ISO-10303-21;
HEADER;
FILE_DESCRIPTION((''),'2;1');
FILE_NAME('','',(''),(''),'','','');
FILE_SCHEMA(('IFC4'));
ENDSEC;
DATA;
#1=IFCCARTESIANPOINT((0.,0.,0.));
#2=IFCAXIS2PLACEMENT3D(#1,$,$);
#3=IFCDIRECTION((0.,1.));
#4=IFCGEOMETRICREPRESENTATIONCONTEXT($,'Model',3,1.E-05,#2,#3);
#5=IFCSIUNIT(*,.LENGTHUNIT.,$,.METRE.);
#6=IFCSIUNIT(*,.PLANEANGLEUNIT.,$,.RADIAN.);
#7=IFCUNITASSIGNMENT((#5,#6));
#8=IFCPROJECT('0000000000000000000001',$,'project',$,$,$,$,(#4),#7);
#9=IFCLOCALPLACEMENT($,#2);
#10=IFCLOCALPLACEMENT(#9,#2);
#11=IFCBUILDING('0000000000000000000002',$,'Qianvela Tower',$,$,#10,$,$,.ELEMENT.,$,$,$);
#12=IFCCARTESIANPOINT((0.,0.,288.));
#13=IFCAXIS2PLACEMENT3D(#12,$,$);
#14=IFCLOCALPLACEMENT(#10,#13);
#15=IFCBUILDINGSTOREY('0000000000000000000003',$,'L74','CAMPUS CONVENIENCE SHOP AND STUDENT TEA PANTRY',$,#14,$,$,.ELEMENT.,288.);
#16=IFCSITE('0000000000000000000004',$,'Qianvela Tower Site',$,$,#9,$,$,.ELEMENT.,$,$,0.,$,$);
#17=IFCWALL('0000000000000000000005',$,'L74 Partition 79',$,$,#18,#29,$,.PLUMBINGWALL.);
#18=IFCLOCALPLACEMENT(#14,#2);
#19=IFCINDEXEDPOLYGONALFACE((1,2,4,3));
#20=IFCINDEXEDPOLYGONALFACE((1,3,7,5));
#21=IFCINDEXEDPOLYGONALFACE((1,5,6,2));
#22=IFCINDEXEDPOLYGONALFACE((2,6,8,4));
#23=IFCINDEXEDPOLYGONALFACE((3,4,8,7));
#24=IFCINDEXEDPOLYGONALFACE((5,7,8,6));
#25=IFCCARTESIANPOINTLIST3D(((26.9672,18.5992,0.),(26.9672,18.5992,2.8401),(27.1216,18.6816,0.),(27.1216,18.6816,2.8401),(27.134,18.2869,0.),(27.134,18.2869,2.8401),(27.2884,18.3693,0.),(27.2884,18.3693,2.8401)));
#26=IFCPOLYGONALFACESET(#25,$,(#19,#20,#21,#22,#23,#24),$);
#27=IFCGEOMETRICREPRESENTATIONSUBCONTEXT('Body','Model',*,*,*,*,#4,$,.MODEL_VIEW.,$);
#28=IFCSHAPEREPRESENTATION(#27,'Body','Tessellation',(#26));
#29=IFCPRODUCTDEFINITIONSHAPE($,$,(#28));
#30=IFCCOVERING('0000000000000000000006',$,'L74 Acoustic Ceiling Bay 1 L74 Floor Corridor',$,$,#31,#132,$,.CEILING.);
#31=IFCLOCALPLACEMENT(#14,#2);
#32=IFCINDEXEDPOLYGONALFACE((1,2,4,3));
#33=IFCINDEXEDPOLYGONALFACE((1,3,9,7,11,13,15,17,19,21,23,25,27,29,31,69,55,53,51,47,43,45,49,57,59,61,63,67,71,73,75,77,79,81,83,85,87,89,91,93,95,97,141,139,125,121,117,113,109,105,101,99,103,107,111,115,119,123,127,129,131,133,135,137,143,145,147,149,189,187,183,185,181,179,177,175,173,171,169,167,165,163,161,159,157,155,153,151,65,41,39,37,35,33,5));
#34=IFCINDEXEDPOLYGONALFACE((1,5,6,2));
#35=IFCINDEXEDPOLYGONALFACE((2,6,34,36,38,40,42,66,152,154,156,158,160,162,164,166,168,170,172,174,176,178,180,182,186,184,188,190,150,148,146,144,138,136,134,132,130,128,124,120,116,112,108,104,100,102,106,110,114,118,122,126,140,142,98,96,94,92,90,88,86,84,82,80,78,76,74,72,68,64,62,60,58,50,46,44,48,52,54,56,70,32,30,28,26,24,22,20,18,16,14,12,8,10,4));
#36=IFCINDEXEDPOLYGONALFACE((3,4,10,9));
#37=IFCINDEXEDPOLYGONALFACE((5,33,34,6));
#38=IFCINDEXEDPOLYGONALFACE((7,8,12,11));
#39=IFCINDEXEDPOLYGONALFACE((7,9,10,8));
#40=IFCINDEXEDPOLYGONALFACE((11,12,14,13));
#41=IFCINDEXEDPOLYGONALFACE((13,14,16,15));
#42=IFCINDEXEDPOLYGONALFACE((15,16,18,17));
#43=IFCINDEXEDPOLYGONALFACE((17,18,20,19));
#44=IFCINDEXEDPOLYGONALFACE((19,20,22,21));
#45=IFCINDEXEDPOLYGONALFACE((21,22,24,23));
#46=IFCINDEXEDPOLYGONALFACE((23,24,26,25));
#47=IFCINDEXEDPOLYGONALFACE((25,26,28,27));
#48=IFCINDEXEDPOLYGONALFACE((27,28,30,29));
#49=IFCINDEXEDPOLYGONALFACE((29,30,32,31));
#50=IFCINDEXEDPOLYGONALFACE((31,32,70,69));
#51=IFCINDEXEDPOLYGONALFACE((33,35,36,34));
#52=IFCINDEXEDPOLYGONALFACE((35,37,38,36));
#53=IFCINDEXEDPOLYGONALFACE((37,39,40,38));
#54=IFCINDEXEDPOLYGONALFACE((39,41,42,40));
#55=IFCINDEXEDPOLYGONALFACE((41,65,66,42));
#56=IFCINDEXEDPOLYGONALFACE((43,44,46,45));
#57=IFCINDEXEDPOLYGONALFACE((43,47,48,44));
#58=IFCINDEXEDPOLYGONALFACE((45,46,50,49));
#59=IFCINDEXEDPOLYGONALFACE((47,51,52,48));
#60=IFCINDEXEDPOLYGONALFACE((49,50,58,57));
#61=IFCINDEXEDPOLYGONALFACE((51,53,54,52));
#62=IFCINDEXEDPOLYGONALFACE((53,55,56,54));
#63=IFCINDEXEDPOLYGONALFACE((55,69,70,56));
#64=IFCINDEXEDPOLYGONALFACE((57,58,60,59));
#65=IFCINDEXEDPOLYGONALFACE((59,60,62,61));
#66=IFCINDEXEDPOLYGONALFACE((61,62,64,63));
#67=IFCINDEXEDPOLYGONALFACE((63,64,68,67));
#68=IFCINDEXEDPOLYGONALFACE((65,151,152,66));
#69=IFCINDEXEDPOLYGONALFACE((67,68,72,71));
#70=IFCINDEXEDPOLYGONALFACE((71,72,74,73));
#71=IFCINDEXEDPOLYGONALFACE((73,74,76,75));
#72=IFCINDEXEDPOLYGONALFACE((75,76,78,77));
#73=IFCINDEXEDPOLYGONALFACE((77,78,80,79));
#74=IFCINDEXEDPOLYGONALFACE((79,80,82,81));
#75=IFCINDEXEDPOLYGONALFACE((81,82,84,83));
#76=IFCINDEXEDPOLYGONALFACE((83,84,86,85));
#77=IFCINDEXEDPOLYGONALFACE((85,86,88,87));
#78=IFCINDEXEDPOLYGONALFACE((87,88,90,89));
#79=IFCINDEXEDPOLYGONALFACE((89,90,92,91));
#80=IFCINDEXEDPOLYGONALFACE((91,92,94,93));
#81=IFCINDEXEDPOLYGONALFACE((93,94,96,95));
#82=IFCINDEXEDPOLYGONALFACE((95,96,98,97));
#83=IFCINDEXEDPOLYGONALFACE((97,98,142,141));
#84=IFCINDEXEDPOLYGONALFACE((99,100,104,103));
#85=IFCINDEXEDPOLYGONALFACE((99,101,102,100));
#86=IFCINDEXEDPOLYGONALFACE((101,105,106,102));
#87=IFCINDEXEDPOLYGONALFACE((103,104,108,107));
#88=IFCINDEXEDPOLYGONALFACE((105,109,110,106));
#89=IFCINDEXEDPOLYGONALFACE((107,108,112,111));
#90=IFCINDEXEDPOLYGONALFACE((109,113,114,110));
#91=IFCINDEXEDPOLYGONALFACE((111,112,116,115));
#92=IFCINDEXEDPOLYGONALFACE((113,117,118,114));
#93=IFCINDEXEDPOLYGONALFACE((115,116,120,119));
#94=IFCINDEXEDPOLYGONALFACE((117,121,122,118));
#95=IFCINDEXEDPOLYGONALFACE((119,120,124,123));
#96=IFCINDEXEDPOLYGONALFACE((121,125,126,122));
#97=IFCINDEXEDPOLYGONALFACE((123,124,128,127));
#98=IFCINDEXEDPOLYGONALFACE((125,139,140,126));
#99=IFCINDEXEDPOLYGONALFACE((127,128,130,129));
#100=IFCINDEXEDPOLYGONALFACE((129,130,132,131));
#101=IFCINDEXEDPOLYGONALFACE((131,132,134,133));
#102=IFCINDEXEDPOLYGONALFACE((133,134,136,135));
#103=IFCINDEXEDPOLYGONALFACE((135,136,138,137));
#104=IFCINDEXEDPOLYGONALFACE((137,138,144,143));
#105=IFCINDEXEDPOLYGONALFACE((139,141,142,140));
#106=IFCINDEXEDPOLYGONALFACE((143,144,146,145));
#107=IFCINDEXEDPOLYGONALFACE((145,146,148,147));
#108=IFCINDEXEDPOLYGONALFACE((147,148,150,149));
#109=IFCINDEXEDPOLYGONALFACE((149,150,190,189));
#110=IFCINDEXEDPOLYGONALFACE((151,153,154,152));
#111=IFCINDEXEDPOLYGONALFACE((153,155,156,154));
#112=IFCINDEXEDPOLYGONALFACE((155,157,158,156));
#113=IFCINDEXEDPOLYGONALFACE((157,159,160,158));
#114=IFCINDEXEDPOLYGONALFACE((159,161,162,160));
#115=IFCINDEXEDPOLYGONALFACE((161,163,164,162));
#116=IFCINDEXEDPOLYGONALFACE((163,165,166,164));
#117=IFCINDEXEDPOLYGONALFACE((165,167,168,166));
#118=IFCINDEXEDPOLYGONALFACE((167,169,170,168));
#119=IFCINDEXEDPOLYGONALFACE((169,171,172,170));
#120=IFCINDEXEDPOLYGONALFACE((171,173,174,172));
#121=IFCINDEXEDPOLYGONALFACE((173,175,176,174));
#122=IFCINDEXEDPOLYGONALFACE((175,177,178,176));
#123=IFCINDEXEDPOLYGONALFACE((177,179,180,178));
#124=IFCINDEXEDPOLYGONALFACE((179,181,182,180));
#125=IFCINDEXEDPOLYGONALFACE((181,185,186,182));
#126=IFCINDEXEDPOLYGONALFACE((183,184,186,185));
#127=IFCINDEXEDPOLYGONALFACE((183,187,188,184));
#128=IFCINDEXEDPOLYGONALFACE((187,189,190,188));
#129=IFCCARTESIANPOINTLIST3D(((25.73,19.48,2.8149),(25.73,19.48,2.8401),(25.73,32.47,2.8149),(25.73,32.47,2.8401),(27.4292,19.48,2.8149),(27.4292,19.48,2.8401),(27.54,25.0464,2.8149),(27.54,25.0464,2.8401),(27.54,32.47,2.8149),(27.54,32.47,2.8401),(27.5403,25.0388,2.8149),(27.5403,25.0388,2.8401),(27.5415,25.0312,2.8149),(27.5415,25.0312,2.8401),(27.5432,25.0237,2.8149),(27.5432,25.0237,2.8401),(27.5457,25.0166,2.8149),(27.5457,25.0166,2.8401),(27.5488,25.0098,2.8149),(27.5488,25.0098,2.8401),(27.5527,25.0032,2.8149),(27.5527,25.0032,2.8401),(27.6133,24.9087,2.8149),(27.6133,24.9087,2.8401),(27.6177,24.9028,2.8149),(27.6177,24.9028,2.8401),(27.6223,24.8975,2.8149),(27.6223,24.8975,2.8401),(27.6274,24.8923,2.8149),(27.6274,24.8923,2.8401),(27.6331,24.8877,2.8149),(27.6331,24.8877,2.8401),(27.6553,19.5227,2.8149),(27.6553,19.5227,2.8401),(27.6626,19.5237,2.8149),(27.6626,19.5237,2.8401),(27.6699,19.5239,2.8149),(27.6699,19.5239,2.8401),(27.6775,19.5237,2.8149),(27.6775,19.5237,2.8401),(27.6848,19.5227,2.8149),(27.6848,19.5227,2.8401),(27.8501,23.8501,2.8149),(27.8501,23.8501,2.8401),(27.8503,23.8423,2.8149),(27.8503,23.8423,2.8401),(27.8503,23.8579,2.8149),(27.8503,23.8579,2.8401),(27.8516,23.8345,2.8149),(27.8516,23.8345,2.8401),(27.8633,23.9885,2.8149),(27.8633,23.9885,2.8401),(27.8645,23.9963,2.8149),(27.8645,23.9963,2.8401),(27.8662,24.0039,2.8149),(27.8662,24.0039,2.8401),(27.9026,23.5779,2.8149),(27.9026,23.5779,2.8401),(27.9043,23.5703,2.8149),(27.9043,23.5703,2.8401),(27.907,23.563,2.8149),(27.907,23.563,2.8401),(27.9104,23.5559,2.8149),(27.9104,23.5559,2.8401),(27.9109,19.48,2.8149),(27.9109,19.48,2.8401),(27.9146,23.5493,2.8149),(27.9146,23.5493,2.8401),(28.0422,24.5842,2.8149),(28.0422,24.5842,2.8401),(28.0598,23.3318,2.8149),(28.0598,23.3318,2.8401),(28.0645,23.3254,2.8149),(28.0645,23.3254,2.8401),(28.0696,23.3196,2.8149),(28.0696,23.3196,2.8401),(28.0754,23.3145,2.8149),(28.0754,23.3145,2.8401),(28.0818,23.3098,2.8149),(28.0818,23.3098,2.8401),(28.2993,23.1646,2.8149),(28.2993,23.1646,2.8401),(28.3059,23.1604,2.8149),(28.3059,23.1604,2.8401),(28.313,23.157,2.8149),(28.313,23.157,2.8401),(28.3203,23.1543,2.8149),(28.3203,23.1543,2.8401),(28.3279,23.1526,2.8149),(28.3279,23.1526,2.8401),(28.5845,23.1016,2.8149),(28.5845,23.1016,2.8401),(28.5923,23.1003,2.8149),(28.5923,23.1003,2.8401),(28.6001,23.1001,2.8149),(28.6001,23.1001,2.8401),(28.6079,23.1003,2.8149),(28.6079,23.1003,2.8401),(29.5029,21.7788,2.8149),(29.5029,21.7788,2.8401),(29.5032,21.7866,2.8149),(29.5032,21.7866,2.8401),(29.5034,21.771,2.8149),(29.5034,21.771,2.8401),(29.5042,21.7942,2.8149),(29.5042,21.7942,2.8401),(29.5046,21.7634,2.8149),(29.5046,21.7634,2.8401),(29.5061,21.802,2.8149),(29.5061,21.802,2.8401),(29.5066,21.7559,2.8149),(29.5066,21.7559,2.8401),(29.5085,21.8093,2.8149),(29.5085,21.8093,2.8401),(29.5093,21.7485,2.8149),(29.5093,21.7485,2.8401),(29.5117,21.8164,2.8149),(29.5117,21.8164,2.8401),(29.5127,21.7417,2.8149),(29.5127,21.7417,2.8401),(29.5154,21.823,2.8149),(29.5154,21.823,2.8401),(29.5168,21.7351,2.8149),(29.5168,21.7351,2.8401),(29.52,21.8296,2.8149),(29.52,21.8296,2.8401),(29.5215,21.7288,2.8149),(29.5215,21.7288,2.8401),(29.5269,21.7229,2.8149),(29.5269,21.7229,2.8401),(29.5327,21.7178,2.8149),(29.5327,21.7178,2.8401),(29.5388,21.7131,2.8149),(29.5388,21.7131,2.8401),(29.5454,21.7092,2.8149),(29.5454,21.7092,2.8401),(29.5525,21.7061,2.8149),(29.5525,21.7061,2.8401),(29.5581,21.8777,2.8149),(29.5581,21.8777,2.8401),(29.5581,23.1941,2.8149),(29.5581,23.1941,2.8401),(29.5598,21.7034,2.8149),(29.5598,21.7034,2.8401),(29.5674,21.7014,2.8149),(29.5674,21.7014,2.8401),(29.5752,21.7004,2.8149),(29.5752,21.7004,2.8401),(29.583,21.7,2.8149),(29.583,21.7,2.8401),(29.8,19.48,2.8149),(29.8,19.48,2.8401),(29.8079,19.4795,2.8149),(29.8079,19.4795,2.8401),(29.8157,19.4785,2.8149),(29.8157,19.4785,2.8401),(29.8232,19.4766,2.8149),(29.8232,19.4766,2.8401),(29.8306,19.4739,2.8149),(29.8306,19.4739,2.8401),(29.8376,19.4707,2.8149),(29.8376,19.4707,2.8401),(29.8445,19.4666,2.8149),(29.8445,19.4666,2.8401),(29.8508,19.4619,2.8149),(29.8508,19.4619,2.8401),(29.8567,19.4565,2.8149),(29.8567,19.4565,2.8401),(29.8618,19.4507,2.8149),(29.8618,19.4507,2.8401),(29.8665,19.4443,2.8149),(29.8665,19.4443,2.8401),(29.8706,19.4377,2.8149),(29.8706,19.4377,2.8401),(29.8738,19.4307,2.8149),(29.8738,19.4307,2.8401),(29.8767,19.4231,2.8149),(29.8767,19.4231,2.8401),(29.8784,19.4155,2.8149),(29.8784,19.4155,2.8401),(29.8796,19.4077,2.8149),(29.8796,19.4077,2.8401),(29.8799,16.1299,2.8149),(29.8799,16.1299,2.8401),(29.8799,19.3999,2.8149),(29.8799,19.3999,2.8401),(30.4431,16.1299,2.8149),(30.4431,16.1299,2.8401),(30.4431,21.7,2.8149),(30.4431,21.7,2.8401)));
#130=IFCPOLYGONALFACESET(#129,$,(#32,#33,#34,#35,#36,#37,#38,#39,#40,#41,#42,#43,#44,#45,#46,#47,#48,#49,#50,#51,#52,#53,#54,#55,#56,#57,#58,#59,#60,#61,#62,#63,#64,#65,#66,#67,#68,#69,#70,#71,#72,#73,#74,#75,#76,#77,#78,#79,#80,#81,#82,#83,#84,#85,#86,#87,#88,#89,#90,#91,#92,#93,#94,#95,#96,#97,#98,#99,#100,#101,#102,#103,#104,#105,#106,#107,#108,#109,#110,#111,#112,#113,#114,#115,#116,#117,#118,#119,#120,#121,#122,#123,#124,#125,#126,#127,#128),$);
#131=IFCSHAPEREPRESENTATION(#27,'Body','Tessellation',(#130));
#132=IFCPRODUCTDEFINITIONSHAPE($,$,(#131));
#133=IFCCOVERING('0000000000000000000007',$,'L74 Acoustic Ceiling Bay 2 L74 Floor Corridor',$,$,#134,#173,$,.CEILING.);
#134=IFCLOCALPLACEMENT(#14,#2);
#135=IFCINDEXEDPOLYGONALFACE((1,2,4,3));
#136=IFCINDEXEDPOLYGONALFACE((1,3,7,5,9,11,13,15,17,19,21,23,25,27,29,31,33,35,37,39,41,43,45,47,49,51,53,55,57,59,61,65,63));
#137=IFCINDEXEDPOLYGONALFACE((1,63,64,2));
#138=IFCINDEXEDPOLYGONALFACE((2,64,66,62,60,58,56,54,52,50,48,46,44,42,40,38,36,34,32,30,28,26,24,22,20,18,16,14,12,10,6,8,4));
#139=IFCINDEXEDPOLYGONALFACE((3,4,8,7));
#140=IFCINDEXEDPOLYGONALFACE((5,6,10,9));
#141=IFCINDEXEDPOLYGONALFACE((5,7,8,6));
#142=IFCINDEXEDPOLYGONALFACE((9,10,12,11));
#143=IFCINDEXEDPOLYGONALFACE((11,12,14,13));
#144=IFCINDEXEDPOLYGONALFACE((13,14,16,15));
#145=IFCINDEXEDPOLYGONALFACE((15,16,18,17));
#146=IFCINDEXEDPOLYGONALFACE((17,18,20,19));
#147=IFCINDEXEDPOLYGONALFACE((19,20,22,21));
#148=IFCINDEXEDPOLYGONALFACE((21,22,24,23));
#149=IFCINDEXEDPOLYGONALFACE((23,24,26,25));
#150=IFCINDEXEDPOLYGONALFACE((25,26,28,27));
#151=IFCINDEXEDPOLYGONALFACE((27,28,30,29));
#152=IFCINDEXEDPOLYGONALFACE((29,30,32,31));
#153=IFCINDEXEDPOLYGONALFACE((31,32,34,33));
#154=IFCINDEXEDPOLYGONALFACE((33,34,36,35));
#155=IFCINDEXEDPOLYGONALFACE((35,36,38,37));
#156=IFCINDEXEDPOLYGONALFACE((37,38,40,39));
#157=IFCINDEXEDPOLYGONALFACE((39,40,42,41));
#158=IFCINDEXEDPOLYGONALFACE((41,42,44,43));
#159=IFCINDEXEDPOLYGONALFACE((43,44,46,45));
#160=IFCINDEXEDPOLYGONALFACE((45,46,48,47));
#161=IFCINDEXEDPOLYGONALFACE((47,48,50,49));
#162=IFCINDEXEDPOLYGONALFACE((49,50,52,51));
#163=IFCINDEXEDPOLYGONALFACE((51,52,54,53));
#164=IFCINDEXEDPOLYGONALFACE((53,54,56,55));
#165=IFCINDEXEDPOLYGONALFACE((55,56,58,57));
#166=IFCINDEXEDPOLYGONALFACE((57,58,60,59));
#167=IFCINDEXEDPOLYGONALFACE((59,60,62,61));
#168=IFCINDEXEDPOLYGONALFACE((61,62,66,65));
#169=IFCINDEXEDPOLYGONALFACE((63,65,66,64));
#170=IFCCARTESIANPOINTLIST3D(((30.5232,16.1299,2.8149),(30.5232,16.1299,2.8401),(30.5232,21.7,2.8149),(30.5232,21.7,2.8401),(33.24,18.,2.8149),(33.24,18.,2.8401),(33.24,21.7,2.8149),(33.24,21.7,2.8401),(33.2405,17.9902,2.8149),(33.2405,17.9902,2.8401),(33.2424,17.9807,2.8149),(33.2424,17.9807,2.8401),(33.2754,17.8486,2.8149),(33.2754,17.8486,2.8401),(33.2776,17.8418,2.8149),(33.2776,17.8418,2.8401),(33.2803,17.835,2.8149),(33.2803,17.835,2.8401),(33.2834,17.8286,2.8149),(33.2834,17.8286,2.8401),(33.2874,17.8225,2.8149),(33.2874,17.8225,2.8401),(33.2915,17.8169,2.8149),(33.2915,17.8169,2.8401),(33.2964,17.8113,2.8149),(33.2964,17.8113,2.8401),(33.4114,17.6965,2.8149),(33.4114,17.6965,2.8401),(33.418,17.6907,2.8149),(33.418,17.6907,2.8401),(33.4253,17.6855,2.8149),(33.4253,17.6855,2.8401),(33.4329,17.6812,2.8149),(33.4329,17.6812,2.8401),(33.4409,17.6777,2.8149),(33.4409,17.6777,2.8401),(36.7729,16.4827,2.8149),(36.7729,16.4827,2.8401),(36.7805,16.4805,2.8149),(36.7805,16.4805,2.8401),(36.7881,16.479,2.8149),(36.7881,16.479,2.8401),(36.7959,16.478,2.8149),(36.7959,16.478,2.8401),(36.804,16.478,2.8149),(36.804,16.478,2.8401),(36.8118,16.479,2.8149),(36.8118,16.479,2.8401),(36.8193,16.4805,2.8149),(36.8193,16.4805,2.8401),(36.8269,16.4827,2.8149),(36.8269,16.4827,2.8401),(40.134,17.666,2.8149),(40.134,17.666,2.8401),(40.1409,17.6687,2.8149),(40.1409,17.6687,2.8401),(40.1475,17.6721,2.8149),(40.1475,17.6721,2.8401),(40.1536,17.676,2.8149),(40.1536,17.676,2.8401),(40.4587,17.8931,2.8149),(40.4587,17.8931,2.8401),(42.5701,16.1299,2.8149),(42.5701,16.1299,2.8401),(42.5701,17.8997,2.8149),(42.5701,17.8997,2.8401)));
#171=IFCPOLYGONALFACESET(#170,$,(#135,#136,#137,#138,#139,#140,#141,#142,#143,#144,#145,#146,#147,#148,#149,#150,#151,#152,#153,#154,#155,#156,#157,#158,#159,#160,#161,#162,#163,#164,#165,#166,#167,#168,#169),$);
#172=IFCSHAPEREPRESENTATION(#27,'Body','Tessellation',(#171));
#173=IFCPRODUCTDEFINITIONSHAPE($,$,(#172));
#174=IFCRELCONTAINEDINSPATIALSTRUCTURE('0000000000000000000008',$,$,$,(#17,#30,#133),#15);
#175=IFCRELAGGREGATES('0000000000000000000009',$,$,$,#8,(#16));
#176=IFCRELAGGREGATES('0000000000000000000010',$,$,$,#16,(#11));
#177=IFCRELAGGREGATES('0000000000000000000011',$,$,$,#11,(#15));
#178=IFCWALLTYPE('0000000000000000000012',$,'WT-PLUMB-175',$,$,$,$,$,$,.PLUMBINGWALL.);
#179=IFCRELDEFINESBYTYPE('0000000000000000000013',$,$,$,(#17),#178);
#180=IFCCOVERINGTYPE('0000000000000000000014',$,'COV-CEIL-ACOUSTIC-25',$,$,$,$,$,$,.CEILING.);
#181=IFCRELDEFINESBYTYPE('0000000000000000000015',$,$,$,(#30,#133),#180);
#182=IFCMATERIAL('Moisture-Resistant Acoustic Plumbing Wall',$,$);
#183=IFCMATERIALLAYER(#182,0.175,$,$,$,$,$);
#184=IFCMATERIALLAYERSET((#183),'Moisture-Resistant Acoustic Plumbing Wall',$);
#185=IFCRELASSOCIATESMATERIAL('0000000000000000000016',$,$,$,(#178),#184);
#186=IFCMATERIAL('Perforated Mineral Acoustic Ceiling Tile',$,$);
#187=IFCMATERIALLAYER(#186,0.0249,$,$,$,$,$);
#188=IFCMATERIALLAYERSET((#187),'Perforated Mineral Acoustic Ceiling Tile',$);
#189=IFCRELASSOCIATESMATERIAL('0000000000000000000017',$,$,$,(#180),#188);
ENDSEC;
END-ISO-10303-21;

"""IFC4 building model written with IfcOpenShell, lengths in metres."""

from ifc_helpers import new_model, si_unit, direction, frame, frame_2d, origin, place, context, subcontext, project, spatial, polyline, rectangle, outline, extrude, material, layer, layer_set, type_object, element, save


model = new_model("IFC4")

# Units and contexts
model_context = context("Model", 3, precision=1e-05, world=origin(), true_north=direction((0.0, 1.0)))
body_context = subcontext(model_context, "Body", "Model", "MODEL_VIEW")
ifc_project = project(units=[si_unit("LENGTHUNIT", "METRE"), si_unit("PLANEANGLEUNIT", "RADIAN")], contexts=[model_context])

# Site, building, storey
site_placement = place(None, origin())
site = spatial("IfcSite", under=ifc_project, at=site_placement, Name="Qianvela Tower Site", CompositionType="ELEMENT", RefElevation=0.0)
building_placement = place(site_placement, origin())
building = spatial("IfcBuilding", under=site, at=building_placement, Name="Qianvela Tower", CompositionType="ELEMENT")
storey_placement = place(building_placement, frame((0.0, 0.0, 288.0)))
storey = spatial("IfcBuildingStorey", under=building, at=storey_placement, Name="L74", Description="CAMPUS CONVENIENCE SHOP AND STUDENT TEA PANTRY", CompositionType="ELEMENT", Elevation=288.0)

# Wall
ifc_material_1 = material(Name="Moisture-Resistant Acoustic Plumbing Wall")
ifc_layer_1 = layer(ifc_material_1, 0.175)
ifc_layer_set_1 = layer_set([ifc_layer_1], Name="Moisture-Resistant Acoustic Plumbing Wall")
wall_type_1 = type_object("IfcWallType", Name="WT-PLUMB-175", PredefinedType="PLUMBINGWALL", material=ifc_layer_set_1)
wall_1_placement = place(storey_placement, frame((27.0444, 18.6404, 0.0), z_axis=(0.0, 0.0, 1.0), x_axis=(0.471054, -0.882105, 0.0)))
element("IfcWall", 1, at=wall_1_placement, inside=storey, type_object=wall_type_1, Name="L74 Partition 79", PredefinedType="PLUMBINGWALL", context=body_context, shape_type="SweptSolid", body=[
    extrude(rectangle(XDim=0.354, YDim=0.175, at=frame_2d((0.177, 0.0))), origin(), (0.0, 0.0, 1.0), 2.8401),
])

# Coverings
ifc_material_2 = material(Name="Perforated Mineral Acoustic Ceiling Tile")
ifc_layer_2 = layer(ifc_material_2, 0.0249)
ifc_layer_set_2 = layer_set([ifc_layer_2], Name="Perforated Mineral Acoustic Ceiling Tile")
covering_type_1 = type_object("IfcCoveringType", Name="COV-CEIL-ACOUSTIC-25", PredefinedType="CEILING", material=ifc_layer_set_2)
covering_1_placement = place(storey_placement, frame((0.0, 0.0, 2.8149)))
element("IfcCovering", 2, at=covering_1_placement, inside=storey, type_object=covering_type_1, Name="L74 Acoustic Ceiling Bay 1 L74 Floor Corridor", PredefinedType="CEILING", context=body_context, shape_type="SweptSolid", body=[
    extrude(outline(polyline([(27.8501, 23.8501), (27.8503, 23.8423), (27.8516, 23.8345), (27.9026, 23.5779), (27.9043, 23.5703), (27.907, 23.563), (27.9104, 23.5559), (27.9146, 23.5493), (28.0598, 23.3318), (28.0645, 23.3254), (28.0696, 23.3196), (28.0754, 23.3145), (28.0818, 23.3098), (28.2993, 23.1646), (28.3059, 23.1604), (28.313, 23.157), (28.3203, 23.1543), (28.3279, 23.1526), (28.5845, 23.1016), (28.5923, 23.1003), (28.6001, 23.1001), (28.6079, 23.1003), (29.5581, 23.1941), (29.5581, 21.8777), (29.52, 21.8296), (29.5154, 21.823), (29.5117, 21.8164), (29.5085, 21.8093), (29.5061, 21.802), (29.5042, 21.7942), (29.5032, 21.7866), (29.5029, 21.7788), (29.5034, 21.771), (29.5046, 21.7634), (29.5066, 21.7559), (29.5093, 21.7485), (29.5127, 21.7417), (29.5168, 21.7351), (29.5215, 21.7288), (29.5269, 21.7229), (29.5327, 21.7178), (29.5388, 21.7131), (29.5454, 21.7092), (29.5525, 21.7061), (29.5598, 21.7034), (29.5674, 21.7014), (29.5752, 21.7004), (29.583, 21.7), (30.4431, 21.7), (30.4431, 16.1299), (29.8799, 16.1299), (29.8799, 19.3999), (29.8796, 19.4077), (29.8784, 19.4155), (29.8767, 19.4231), (29.8738, 19.4307), (29.8706, 19.4377), (29.8665, 19.4443), (29.8618, 19.4507), (29.8567, 19.4565), (29.8508, 19.4619), (29.8445, 19.4666), (29.8376, 19.4707), (29.8306, 19.4739), (29.8232, 19.4766), (29.8157, 19.4785), (29.8079, 19.4795), (29.8, 19.48), (27.9109, 19.48), (27.6848, 19.5227), (27.6775, 19.5237), (27.6699, 19.5239), (27.6626, 19.5237), (27.6553, 19.5227), (27.4292, 19.48), (25.73, 19.48), (25.73, 32.47), (27.54, 32.47), (27.54, 25.0464), (27.5403, 25.0388), (27.5415, 25.0312), (27.5432, 25.0237), (27.5457, 25.0166), (27.5488, 25.0098), (27.5527, 25.0032), (27.6133, 24.9087), (27.6177, 24.9028), (27.6223, 24.8975), (27.6274, 24.8923), (27.6331, 24.8877), (28.0422, 24.5842), (27.8662, 24.0039), (27.8645, 23.9963), (27.8633, 23.9885), (27.8503, 23.8579), (27.8501, 23.8501)])), origin(), (0.0, 0.0, 1.0), 0.0251),
])
covering_2_placement = place(storey_placement, frame((0.0, 0.0, 2.8149)))
element("IfcCovering", 3, at=covering_2_placement, inside=storey, type_object=covering_type_1, Name="L74 Acoustic Ceiling Bay 2 L74 Floor Corridor", PredefinedType="CEILING", context=body_context, shape_type="SweptSolid", body=[
    extrude(outline(polyline([(33.24, 21.7), (33.24, 18.0), (33.2405, 17.9902), (33.2424, 17.9807), (33.2754, 17.8486), (33.2776, 17.8418), (33.2803, 17.835), (33.2834, 17.8286), (33.2874, 17.8225), (33.2915, 17.8169), (33.2964, 17.8113), (33.4114, 17.6965), (33.418, 17.6907), (33.4253, 17.6855), (33.4329, 17.6812), (33.4409, 17.6777), (36.7729, 16.4827), (36.7805, 16.4805), (36.7881, 16.479), (36.7959, 16.478), (36.804, 16.478), (36.8118, 16.479), (36.8193, 16.4805), (36.8269, 16.4827), (40.134, 17.666), (40.1409, 17.6687), (40.1475, 17.6721), (40.1536, 17.676), (40.4587, 17.8931), (42.5701, 17.8997), (42.5701, 16.1299), (30.5232, 16.1299), (30.5232, 21.7), (33.24, 21.7)])), origin(), (0.0, 0.0, 1.0), 0.0251),
])

save(model, "model.ifc")
